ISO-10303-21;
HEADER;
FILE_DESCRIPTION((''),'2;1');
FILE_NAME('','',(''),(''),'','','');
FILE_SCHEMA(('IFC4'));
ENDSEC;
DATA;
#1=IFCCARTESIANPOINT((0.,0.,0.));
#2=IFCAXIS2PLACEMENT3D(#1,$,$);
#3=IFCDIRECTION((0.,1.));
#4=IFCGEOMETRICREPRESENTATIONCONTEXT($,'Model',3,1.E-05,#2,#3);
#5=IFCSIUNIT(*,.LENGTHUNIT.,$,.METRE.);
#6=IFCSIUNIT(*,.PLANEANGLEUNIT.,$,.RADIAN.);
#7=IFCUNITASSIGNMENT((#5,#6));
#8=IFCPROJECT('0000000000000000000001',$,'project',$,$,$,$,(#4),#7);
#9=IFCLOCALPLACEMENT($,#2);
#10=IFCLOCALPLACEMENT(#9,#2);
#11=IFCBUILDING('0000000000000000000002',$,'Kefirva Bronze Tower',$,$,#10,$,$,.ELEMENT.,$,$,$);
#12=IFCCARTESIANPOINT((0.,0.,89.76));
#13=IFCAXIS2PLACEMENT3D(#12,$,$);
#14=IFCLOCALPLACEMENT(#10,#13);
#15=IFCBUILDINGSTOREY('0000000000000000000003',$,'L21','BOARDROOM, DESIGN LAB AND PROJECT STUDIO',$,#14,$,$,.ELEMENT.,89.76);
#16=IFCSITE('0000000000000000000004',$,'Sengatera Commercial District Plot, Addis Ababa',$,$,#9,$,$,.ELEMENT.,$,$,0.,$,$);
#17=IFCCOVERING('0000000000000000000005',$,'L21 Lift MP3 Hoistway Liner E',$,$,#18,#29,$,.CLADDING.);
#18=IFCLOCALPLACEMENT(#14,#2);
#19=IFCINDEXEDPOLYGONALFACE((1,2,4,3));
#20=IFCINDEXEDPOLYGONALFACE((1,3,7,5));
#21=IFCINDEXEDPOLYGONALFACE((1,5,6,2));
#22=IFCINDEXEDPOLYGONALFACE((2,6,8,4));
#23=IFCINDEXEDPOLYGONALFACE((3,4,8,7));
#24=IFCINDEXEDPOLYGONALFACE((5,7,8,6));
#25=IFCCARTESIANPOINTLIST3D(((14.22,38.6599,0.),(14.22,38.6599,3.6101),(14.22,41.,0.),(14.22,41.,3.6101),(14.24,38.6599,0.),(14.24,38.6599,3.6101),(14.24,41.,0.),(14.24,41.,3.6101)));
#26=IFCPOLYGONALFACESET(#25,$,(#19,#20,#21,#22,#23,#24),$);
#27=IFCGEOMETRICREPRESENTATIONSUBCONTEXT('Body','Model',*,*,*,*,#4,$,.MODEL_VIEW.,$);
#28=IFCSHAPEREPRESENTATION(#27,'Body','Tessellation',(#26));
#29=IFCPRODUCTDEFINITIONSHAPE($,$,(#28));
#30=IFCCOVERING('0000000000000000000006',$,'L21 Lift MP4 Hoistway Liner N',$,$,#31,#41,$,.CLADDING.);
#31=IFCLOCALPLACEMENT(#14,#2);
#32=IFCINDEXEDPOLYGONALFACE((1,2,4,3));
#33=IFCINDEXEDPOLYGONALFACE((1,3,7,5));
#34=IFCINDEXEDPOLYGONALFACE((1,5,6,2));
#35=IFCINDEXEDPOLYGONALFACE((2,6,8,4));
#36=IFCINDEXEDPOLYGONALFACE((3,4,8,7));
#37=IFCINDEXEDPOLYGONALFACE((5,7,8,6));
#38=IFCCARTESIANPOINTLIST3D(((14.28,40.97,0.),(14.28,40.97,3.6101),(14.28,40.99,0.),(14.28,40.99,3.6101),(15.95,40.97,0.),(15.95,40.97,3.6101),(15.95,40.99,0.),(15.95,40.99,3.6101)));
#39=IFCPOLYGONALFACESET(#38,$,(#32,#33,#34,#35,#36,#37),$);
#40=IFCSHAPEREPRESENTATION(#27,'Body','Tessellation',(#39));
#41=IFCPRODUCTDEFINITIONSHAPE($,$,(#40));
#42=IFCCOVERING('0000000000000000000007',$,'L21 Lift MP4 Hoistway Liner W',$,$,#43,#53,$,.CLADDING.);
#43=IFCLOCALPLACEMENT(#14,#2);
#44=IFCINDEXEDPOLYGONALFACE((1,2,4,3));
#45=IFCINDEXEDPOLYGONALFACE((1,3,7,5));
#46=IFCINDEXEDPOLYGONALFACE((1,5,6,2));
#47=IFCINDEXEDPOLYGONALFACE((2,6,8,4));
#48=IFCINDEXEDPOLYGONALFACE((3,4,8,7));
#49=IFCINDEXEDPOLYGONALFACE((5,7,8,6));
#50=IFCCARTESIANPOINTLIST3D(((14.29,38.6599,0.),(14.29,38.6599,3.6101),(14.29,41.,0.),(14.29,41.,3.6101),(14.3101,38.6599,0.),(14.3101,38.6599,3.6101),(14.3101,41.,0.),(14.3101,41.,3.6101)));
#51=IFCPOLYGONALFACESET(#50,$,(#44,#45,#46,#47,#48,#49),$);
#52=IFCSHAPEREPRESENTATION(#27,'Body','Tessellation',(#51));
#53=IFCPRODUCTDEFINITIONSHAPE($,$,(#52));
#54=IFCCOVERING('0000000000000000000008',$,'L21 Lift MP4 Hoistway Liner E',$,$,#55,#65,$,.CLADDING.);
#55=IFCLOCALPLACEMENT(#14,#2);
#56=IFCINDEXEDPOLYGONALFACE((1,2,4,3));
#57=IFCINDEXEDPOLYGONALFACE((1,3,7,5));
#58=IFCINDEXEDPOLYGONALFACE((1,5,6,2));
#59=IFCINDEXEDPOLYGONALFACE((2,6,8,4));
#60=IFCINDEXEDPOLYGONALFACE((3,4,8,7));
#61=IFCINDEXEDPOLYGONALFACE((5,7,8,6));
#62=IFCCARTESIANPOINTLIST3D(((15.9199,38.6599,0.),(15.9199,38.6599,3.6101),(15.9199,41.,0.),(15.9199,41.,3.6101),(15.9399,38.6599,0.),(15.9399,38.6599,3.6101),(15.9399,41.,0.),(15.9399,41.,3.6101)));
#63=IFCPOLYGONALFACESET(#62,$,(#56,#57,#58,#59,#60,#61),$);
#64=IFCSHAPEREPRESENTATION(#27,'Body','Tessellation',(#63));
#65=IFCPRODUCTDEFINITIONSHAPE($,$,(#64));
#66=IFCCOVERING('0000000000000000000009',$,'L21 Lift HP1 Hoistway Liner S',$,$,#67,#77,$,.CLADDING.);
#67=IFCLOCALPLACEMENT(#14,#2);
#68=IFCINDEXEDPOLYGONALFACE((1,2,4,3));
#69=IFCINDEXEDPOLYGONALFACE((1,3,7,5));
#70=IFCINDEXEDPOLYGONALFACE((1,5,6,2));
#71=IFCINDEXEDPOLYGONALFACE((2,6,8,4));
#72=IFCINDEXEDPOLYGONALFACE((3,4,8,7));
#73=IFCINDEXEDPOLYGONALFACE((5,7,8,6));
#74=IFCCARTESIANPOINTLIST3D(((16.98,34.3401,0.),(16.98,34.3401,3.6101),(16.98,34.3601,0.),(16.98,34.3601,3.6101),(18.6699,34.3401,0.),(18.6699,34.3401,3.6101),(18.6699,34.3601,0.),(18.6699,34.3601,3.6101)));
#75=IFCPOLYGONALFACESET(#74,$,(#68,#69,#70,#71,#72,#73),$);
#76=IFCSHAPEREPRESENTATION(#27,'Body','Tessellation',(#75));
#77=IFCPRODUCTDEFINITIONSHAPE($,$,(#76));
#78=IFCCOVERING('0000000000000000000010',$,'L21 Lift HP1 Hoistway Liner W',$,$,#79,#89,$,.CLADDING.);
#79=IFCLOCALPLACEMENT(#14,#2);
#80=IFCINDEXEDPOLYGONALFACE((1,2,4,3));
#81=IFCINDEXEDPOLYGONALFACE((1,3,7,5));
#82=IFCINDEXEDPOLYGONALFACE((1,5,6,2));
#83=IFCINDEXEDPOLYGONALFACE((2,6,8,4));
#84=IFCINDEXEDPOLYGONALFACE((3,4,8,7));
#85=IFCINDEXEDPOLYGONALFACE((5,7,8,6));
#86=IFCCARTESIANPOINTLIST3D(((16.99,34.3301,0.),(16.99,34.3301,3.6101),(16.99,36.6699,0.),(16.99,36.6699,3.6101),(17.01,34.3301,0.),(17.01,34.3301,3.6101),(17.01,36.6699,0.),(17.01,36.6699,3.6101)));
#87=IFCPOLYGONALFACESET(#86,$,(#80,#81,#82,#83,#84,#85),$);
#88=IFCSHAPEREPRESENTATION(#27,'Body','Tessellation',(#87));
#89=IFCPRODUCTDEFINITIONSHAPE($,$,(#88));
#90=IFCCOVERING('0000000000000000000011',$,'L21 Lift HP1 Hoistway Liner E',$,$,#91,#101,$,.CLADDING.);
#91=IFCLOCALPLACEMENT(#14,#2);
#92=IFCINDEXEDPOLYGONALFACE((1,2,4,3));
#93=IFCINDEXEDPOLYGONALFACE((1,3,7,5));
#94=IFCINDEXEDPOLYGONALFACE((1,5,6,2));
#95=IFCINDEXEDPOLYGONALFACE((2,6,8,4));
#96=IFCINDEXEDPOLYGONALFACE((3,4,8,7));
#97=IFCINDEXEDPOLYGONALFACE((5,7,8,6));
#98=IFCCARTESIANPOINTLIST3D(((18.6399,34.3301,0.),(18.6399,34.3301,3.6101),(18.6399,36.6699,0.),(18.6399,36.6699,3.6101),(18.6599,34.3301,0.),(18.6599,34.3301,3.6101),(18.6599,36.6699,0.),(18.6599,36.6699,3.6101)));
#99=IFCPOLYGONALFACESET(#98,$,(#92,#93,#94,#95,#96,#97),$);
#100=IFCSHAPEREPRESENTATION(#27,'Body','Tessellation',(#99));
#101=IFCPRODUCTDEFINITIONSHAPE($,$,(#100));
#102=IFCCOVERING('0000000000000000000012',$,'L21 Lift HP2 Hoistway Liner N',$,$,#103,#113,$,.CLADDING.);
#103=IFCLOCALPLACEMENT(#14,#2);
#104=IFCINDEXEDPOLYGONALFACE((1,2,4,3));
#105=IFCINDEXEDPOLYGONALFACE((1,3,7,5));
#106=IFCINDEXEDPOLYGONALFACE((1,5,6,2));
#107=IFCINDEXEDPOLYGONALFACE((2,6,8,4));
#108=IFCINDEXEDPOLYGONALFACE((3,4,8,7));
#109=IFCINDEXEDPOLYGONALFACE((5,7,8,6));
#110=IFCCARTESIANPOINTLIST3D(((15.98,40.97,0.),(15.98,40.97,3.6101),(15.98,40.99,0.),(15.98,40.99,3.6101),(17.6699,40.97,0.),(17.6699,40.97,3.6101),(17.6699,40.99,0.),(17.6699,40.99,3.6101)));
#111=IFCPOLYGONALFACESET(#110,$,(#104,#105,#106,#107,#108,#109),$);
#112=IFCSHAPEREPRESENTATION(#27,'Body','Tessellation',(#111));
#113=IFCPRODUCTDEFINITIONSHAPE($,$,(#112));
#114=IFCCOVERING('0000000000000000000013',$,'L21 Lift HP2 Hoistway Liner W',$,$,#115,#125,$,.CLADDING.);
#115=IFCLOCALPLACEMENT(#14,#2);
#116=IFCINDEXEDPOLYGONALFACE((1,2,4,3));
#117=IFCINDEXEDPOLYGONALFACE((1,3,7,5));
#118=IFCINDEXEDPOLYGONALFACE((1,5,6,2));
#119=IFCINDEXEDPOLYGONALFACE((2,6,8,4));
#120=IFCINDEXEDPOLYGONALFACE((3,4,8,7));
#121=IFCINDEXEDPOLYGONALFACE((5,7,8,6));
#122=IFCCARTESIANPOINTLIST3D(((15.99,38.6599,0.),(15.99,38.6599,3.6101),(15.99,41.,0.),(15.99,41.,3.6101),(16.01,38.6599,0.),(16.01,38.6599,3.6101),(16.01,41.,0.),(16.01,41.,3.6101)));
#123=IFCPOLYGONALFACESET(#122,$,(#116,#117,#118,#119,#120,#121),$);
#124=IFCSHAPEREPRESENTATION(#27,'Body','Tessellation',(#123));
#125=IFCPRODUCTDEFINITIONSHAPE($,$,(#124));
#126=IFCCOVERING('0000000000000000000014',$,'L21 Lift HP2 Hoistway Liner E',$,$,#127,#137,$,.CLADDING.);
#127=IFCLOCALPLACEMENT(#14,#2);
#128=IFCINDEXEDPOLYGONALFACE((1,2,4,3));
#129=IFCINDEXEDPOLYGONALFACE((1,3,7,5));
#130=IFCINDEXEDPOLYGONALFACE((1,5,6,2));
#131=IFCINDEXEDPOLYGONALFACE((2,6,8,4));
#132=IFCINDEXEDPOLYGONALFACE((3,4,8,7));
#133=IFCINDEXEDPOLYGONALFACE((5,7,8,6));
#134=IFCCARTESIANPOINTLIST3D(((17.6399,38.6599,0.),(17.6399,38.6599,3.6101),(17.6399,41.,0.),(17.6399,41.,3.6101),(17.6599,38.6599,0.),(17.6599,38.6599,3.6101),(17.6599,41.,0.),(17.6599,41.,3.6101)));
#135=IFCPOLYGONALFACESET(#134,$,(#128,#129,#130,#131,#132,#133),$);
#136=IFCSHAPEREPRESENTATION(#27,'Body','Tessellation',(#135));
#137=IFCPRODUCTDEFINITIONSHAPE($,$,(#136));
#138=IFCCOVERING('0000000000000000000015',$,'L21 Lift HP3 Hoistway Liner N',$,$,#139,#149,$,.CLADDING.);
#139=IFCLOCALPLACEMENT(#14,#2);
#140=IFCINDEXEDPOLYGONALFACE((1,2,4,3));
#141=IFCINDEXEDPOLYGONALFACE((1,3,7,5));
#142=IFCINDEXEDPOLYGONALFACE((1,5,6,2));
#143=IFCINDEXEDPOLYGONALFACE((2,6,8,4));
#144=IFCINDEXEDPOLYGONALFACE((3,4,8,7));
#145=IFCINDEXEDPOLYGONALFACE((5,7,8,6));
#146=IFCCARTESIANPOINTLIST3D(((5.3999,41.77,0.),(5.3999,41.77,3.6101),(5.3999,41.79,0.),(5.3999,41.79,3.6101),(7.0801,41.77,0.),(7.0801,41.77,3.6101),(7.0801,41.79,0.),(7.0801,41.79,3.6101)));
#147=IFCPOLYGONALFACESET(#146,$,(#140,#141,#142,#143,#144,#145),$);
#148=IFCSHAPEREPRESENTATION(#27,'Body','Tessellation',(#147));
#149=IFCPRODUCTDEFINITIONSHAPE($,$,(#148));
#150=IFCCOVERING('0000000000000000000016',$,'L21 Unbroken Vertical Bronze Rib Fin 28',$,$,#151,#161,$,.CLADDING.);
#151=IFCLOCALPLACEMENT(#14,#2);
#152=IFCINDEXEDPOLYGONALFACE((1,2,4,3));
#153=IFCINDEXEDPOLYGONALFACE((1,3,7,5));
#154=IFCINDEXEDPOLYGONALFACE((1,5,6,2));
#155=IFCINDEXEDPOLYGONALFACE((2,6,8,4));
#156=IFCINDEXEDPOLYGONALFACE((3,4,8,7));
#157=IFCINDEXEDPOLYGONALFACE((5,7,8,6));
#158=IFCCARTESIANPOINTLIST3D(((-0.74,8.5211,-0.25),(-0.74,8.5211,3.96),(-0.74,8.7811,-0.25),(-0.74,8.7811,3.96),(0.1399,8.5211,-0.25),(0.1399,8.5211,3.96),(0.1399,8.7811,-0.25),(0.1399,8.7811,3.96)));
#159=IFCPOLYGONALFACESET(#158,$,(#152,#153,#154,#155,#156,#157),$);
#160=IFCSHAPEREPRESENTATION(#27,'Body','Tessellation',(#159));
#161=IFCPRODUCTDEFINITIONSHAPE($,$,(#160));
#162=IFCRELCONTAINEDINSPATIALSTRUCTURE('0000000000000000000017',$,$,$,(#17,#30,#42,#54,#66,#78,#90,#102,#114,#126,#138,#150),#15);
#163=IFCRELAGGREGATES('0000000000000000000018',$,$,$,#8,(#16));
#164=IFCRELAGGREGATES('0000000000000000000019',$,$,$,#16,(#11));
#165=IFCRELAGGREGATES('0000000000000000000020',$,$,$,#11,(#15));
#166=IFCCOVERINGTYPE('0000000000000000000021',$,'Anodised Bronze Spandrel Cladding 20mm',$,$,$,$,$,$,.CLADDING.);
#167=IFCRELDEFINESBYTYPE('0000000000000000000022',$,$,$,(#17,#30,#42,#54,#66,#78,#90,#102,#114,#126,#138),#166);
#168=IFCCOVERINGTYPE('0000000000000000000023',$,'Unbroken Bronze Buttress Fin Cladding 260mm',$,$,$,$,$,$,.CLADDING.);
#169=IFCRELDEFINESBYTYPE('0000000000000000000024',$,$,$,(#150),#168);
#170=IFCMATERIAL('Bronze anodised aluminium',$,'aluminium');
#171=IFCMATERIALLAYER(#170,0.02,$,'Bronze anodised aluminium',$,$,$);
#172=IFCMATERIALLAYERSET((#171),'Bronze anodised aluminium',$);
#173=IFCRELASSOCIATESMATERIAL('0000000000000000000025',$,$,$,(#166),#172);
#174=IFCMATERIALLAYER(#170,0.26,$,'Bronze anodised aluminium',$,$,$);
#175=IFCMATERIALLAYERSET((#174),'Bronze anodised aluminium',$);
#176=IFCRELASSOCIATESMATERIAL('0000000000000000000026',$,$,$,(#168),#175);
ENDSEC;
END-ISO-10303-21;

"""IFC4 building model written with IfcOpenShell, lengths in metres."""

from ifc_helpers import new_model, si_unit, direction, frame, origin, origin_2d, place, context, subcontext, project, spatial, polyline, rectangle, outline, extrude, material, layer, layer_set, type_object, element, save


model = new_model("IFC4")

# Units and contexts
model_context = context("Model", 3, precision=1e-05, world=origin(), true_north=direction((0.0, 1.0)))
body_context = subcontext(model_context, "Body", "Model", "MODEL_VIEW")
ifc_project = project(units=[si_unit("LENGTHUNIT", "METRE"), si_unit("PLANEANGLEUNIT", "RADIAN")], contexts=[model_context])

# Site, building, storey
site_placement = place(None, origin())
site = spatial("IfcSite", under=ifc_project, at=site_placement, Name="Sengatera Commercial District Plot, Addis Ababa", CompositionType="ELEMENT", RefElevation=0.0)
building_placement = place(site_placement, origin())
building = spatial("IfcBuilding", under=site, at=building_placement, Name="Kefirva Bronze Tower", CompositionType="ELEMENT")
storey_placement = place(building_placement, frame((0.0, 0.0, 89.76)))
storey = spatial("IfcBuildingStorey", under=building, at=storey_placement, Name="L21", Description="BOARDROOM, DESIGN LAB AND PROJECT STUDIO", CompositionType="ELEMENT", Elevation=89.76)

# Coverings
ifc_material = material(Name="Bronze anodised aluminium", Category="aluminium")
ifc_layer_1 = layer(ifc_material, 0.02, Name="Bronze anodised aluminium")
ifc_layer_set_1 = layer_set([ifc_layer_1], Name="Bronze anodised aluminium")
covering_type_1 = type_object("IfcCoveringType", Name="Anodised Bronze Spandrel Cladding 20mm", PredefinedType="CLADDING", material=ifc_layer_set_1)
covering_1_placement = place(storey_placement, origin())
element("IfcCovering", 1, at=covering_1_placement, inside=storey, type_object=covering_type_1, Name="L21 Lift MP3 Hoistway Liner E", PredefinedType="CLADDING", context=body_context, shape_type="SweptSolid", body=[
    extrude(outline(polyline([(14.22, 38.6599), (14.24, 38.6599), (14.24, 41.0), (14.22, 41.0), (14.22, 38.6599)])), origin(), (0.0, 0.0, 1.0), 3.6101),
])
covering_2_placement = place(storey_placement, origin())
element("IfcCovering", 2, at=covering_2_placement, inside=storey, type_object=covering_type_1, Name="L21 Lift MP4 Hoistway Liner N", PredefinedType="CLADDING", context=body_context, shape_type="SweptSolid", body=[
    extrude(outline(polyline([(14.28, 40.97), (15.95, 40.97), (15.95, 40.99), (14.28, 40.99), (14.28, 40.97)])), origin(), (0.0, 0.0, 1.0), 3.6101),
])
covering_3_placement = place(storey_placement, origin())
element("IfcCovering", 3, at=covering_3_placement, inside=storey, type_object=covering_type_1, Name="L21 Lift MP4 Hoistway Liner W", PredefinedType="CLADDING", context=body_context, shape_type="SweptSolid", body=[
    extrude(outline(polyline([(14.29, 38.6599), (14.3101, 38.6599), (14.3101, 41.0), (14.29, 41.0), (14.29, 38.6599)])), origin(), (0.0, 0.0, 1.0), 3.6101),
])
covering_4_placement = place(storey_placement, origin())
element("IfcCovering", 4, at=covering_4_placement, inside=storey, type_object=covering_type_1, Name="L21 Lift MP4 Hoistway Liner E", PredefinedType="CLADDING", context=body_context, shape_type="SweptSolid", body=[
    extrude(outline(polyline([(15.9199, 38.6599), (15.9399, 38.6599), (15.9399, 41.0), (15.9199, 41.0), (15.9199, 38.6599)])), origin(), (0.0, 0.0, 1.0), 3.6101),
])
covering_5_placement = place(storey_placement, origin())
element("IfcCovering", 5, at=covering_5_placement, inside=storey, type_object=covering_type_1, Name="L21 Lift HP1 Hoistway Liner S", PredefinedType="CLADDING", context=body_context, shape_type="SweptSolid", body=[
    extrude(outline(polyline([(16.98, 34.3401), (18.6699, 34.3401), (18.6699, 34.3601), (16.98, 34.3601), (16.98, 34.3401)])), origin(), (0.0, 0.0, 1.0), 3.6101),
])
covering_6_placement = place(storey_placement, origin())
element("IfcCovering", 6, at=covering_6_placement, inside=storey, type_object=covering_type_1, Name="L21 Lift HP1 Hoistway Liner W", PredefinedType="CLADDING", context=body_context, shape_type="SweptSolid", body=[
    extrude(outline(polyline([(16.99, 34.3301), (17.01, 34.3301), (17.01, 36.6699), (16.99, 36.6699), (16.99, 34.3301)])), origin(), (0.0, 0.0, 1.0), 3.6101),
])
covering_7_placement = place(storey_placement, origin())
element("IfcCovering", 7, at=covering_7_placement, inside=storey, type_object=covering_type_1, Name="L21 Lift HP1 Hoistway Liner E", PredefinedType="CLADDING", context=body_context, shape_type="SweptSolid", body=[
    extrude(outline(polyline([(18.6399, 34.3301), (18.6599, 34.3301), (18.6599, 36.6699), (18.6399, 36.6699), (18.6399, 34.3301)])), origin(), (0.0, 0.0, 1.0), 3.6101),
])
covering_8_placement = place(storey_placement, origin())
element("IfcCovering", 8, at=covering_8_placement, inside=storey, type_object=covering_type_1, Name="L21 Lift HP2 Hoistway Liner N", PredefinedType="CLADDING", context=body_context, shape_type="SweptSolid", body=[
    extrude(outline(polyline([(15.98, 40.97), (17.6699, 40.97), (17.6699, 40.99), (15.98, 40.99), (15.98, 40.97)])), origin(), (0.0, 0.0, 1.0), 3.6101),
])
covering_9_placement = place(storey_placement, origin())
element("IfcCovering", 9, at=covering_9_placement, inside=storey, type_object=covering_type_1, Name="L21 Lift HP2 Hoistway Liner W", PredefinedType="CLADDING", context=body_context, shape_type="SweptSolid", body=[
    extrude(outline(polyline([(15.99, 38.6599), (16.01, 38.6599), (16.01, 41.0), (15.99, 41.0), (15.99, 38.6599)])), origin(), (0.0, 0.0, 1.0), 3.6101),
])
covering_10_placement = place(storey_placement, origin())
element("IfcCovering", 10, at=covering_10_placement, inside=storey, type_object=covering_type_1, Name="L21 Lift HP2 Hoistway Liner E", PredefinedType="CLADDING", context=body_context, shape_type="SweptSolid", body=[
    extrude(outline(polyline([(17.6399, 38.6599), (17.6599, 38.6599), (17.6599, 41.0), (17.6399, 41.0), (17.6399, 38.6599)])), origin(), (0.0, 0.0, 1.0), 3.6101),
])
covering_11_placement = place(storey_placement, origin())
element("IfcCovering", 11, at=covering_11_placement, inside=storey, type_object=covering_type_1, Name="L21 Lift HP3 Hoistway Liner N", PredefinedType="CLADDING", context=body_context, shape_type="SweptSolid", body=[
    extrude(outline(polyline([(5.3999, 41.77), (7.0801, 41.77), (7.0801, 41.79), (5.3999, 41.79), (5.3999, 41.77)])), origin(), (0.0, 0.0, 1.0), 3.6101),
])
ifc_layer_2 = layer(ifc_material, 0.26, Name="Bronze anodised aluminium")
ifc_layer_set_2 = layer_set([ifc_layer_2], Name="Bronze anodised aluminium")
covering_type_2 = type_object("IfcCoveringType", Name="Unbroken Bronze Buttress Fin Cladding 260mm", PredefinedType="CLADDING", material=ifc_layer_set_2)
covering_12_placement = place(storey_placement, frame((-0.3, 8.6511, -0.25), z_axis=(0.0, 0.0, 1.0), x_axis=(0.0, -1.0, 0.0)))
element("IfcCovering", 12, at=covering_12_placement, inside=storey, type_object=covering_type_2, Name="L21 Unbroken Vertical Bronze Rib Fin 28", PredefinedType="CLADDING", context=body_context, shape_type="SweptSolid", body=[
    extrude(rectangle(XDim=0.26, YDim=0.8799, at=origin_2d()), origin(), (0.0, 0.0, 1.0), 4.21),
])

save(model, "model.ifc")
